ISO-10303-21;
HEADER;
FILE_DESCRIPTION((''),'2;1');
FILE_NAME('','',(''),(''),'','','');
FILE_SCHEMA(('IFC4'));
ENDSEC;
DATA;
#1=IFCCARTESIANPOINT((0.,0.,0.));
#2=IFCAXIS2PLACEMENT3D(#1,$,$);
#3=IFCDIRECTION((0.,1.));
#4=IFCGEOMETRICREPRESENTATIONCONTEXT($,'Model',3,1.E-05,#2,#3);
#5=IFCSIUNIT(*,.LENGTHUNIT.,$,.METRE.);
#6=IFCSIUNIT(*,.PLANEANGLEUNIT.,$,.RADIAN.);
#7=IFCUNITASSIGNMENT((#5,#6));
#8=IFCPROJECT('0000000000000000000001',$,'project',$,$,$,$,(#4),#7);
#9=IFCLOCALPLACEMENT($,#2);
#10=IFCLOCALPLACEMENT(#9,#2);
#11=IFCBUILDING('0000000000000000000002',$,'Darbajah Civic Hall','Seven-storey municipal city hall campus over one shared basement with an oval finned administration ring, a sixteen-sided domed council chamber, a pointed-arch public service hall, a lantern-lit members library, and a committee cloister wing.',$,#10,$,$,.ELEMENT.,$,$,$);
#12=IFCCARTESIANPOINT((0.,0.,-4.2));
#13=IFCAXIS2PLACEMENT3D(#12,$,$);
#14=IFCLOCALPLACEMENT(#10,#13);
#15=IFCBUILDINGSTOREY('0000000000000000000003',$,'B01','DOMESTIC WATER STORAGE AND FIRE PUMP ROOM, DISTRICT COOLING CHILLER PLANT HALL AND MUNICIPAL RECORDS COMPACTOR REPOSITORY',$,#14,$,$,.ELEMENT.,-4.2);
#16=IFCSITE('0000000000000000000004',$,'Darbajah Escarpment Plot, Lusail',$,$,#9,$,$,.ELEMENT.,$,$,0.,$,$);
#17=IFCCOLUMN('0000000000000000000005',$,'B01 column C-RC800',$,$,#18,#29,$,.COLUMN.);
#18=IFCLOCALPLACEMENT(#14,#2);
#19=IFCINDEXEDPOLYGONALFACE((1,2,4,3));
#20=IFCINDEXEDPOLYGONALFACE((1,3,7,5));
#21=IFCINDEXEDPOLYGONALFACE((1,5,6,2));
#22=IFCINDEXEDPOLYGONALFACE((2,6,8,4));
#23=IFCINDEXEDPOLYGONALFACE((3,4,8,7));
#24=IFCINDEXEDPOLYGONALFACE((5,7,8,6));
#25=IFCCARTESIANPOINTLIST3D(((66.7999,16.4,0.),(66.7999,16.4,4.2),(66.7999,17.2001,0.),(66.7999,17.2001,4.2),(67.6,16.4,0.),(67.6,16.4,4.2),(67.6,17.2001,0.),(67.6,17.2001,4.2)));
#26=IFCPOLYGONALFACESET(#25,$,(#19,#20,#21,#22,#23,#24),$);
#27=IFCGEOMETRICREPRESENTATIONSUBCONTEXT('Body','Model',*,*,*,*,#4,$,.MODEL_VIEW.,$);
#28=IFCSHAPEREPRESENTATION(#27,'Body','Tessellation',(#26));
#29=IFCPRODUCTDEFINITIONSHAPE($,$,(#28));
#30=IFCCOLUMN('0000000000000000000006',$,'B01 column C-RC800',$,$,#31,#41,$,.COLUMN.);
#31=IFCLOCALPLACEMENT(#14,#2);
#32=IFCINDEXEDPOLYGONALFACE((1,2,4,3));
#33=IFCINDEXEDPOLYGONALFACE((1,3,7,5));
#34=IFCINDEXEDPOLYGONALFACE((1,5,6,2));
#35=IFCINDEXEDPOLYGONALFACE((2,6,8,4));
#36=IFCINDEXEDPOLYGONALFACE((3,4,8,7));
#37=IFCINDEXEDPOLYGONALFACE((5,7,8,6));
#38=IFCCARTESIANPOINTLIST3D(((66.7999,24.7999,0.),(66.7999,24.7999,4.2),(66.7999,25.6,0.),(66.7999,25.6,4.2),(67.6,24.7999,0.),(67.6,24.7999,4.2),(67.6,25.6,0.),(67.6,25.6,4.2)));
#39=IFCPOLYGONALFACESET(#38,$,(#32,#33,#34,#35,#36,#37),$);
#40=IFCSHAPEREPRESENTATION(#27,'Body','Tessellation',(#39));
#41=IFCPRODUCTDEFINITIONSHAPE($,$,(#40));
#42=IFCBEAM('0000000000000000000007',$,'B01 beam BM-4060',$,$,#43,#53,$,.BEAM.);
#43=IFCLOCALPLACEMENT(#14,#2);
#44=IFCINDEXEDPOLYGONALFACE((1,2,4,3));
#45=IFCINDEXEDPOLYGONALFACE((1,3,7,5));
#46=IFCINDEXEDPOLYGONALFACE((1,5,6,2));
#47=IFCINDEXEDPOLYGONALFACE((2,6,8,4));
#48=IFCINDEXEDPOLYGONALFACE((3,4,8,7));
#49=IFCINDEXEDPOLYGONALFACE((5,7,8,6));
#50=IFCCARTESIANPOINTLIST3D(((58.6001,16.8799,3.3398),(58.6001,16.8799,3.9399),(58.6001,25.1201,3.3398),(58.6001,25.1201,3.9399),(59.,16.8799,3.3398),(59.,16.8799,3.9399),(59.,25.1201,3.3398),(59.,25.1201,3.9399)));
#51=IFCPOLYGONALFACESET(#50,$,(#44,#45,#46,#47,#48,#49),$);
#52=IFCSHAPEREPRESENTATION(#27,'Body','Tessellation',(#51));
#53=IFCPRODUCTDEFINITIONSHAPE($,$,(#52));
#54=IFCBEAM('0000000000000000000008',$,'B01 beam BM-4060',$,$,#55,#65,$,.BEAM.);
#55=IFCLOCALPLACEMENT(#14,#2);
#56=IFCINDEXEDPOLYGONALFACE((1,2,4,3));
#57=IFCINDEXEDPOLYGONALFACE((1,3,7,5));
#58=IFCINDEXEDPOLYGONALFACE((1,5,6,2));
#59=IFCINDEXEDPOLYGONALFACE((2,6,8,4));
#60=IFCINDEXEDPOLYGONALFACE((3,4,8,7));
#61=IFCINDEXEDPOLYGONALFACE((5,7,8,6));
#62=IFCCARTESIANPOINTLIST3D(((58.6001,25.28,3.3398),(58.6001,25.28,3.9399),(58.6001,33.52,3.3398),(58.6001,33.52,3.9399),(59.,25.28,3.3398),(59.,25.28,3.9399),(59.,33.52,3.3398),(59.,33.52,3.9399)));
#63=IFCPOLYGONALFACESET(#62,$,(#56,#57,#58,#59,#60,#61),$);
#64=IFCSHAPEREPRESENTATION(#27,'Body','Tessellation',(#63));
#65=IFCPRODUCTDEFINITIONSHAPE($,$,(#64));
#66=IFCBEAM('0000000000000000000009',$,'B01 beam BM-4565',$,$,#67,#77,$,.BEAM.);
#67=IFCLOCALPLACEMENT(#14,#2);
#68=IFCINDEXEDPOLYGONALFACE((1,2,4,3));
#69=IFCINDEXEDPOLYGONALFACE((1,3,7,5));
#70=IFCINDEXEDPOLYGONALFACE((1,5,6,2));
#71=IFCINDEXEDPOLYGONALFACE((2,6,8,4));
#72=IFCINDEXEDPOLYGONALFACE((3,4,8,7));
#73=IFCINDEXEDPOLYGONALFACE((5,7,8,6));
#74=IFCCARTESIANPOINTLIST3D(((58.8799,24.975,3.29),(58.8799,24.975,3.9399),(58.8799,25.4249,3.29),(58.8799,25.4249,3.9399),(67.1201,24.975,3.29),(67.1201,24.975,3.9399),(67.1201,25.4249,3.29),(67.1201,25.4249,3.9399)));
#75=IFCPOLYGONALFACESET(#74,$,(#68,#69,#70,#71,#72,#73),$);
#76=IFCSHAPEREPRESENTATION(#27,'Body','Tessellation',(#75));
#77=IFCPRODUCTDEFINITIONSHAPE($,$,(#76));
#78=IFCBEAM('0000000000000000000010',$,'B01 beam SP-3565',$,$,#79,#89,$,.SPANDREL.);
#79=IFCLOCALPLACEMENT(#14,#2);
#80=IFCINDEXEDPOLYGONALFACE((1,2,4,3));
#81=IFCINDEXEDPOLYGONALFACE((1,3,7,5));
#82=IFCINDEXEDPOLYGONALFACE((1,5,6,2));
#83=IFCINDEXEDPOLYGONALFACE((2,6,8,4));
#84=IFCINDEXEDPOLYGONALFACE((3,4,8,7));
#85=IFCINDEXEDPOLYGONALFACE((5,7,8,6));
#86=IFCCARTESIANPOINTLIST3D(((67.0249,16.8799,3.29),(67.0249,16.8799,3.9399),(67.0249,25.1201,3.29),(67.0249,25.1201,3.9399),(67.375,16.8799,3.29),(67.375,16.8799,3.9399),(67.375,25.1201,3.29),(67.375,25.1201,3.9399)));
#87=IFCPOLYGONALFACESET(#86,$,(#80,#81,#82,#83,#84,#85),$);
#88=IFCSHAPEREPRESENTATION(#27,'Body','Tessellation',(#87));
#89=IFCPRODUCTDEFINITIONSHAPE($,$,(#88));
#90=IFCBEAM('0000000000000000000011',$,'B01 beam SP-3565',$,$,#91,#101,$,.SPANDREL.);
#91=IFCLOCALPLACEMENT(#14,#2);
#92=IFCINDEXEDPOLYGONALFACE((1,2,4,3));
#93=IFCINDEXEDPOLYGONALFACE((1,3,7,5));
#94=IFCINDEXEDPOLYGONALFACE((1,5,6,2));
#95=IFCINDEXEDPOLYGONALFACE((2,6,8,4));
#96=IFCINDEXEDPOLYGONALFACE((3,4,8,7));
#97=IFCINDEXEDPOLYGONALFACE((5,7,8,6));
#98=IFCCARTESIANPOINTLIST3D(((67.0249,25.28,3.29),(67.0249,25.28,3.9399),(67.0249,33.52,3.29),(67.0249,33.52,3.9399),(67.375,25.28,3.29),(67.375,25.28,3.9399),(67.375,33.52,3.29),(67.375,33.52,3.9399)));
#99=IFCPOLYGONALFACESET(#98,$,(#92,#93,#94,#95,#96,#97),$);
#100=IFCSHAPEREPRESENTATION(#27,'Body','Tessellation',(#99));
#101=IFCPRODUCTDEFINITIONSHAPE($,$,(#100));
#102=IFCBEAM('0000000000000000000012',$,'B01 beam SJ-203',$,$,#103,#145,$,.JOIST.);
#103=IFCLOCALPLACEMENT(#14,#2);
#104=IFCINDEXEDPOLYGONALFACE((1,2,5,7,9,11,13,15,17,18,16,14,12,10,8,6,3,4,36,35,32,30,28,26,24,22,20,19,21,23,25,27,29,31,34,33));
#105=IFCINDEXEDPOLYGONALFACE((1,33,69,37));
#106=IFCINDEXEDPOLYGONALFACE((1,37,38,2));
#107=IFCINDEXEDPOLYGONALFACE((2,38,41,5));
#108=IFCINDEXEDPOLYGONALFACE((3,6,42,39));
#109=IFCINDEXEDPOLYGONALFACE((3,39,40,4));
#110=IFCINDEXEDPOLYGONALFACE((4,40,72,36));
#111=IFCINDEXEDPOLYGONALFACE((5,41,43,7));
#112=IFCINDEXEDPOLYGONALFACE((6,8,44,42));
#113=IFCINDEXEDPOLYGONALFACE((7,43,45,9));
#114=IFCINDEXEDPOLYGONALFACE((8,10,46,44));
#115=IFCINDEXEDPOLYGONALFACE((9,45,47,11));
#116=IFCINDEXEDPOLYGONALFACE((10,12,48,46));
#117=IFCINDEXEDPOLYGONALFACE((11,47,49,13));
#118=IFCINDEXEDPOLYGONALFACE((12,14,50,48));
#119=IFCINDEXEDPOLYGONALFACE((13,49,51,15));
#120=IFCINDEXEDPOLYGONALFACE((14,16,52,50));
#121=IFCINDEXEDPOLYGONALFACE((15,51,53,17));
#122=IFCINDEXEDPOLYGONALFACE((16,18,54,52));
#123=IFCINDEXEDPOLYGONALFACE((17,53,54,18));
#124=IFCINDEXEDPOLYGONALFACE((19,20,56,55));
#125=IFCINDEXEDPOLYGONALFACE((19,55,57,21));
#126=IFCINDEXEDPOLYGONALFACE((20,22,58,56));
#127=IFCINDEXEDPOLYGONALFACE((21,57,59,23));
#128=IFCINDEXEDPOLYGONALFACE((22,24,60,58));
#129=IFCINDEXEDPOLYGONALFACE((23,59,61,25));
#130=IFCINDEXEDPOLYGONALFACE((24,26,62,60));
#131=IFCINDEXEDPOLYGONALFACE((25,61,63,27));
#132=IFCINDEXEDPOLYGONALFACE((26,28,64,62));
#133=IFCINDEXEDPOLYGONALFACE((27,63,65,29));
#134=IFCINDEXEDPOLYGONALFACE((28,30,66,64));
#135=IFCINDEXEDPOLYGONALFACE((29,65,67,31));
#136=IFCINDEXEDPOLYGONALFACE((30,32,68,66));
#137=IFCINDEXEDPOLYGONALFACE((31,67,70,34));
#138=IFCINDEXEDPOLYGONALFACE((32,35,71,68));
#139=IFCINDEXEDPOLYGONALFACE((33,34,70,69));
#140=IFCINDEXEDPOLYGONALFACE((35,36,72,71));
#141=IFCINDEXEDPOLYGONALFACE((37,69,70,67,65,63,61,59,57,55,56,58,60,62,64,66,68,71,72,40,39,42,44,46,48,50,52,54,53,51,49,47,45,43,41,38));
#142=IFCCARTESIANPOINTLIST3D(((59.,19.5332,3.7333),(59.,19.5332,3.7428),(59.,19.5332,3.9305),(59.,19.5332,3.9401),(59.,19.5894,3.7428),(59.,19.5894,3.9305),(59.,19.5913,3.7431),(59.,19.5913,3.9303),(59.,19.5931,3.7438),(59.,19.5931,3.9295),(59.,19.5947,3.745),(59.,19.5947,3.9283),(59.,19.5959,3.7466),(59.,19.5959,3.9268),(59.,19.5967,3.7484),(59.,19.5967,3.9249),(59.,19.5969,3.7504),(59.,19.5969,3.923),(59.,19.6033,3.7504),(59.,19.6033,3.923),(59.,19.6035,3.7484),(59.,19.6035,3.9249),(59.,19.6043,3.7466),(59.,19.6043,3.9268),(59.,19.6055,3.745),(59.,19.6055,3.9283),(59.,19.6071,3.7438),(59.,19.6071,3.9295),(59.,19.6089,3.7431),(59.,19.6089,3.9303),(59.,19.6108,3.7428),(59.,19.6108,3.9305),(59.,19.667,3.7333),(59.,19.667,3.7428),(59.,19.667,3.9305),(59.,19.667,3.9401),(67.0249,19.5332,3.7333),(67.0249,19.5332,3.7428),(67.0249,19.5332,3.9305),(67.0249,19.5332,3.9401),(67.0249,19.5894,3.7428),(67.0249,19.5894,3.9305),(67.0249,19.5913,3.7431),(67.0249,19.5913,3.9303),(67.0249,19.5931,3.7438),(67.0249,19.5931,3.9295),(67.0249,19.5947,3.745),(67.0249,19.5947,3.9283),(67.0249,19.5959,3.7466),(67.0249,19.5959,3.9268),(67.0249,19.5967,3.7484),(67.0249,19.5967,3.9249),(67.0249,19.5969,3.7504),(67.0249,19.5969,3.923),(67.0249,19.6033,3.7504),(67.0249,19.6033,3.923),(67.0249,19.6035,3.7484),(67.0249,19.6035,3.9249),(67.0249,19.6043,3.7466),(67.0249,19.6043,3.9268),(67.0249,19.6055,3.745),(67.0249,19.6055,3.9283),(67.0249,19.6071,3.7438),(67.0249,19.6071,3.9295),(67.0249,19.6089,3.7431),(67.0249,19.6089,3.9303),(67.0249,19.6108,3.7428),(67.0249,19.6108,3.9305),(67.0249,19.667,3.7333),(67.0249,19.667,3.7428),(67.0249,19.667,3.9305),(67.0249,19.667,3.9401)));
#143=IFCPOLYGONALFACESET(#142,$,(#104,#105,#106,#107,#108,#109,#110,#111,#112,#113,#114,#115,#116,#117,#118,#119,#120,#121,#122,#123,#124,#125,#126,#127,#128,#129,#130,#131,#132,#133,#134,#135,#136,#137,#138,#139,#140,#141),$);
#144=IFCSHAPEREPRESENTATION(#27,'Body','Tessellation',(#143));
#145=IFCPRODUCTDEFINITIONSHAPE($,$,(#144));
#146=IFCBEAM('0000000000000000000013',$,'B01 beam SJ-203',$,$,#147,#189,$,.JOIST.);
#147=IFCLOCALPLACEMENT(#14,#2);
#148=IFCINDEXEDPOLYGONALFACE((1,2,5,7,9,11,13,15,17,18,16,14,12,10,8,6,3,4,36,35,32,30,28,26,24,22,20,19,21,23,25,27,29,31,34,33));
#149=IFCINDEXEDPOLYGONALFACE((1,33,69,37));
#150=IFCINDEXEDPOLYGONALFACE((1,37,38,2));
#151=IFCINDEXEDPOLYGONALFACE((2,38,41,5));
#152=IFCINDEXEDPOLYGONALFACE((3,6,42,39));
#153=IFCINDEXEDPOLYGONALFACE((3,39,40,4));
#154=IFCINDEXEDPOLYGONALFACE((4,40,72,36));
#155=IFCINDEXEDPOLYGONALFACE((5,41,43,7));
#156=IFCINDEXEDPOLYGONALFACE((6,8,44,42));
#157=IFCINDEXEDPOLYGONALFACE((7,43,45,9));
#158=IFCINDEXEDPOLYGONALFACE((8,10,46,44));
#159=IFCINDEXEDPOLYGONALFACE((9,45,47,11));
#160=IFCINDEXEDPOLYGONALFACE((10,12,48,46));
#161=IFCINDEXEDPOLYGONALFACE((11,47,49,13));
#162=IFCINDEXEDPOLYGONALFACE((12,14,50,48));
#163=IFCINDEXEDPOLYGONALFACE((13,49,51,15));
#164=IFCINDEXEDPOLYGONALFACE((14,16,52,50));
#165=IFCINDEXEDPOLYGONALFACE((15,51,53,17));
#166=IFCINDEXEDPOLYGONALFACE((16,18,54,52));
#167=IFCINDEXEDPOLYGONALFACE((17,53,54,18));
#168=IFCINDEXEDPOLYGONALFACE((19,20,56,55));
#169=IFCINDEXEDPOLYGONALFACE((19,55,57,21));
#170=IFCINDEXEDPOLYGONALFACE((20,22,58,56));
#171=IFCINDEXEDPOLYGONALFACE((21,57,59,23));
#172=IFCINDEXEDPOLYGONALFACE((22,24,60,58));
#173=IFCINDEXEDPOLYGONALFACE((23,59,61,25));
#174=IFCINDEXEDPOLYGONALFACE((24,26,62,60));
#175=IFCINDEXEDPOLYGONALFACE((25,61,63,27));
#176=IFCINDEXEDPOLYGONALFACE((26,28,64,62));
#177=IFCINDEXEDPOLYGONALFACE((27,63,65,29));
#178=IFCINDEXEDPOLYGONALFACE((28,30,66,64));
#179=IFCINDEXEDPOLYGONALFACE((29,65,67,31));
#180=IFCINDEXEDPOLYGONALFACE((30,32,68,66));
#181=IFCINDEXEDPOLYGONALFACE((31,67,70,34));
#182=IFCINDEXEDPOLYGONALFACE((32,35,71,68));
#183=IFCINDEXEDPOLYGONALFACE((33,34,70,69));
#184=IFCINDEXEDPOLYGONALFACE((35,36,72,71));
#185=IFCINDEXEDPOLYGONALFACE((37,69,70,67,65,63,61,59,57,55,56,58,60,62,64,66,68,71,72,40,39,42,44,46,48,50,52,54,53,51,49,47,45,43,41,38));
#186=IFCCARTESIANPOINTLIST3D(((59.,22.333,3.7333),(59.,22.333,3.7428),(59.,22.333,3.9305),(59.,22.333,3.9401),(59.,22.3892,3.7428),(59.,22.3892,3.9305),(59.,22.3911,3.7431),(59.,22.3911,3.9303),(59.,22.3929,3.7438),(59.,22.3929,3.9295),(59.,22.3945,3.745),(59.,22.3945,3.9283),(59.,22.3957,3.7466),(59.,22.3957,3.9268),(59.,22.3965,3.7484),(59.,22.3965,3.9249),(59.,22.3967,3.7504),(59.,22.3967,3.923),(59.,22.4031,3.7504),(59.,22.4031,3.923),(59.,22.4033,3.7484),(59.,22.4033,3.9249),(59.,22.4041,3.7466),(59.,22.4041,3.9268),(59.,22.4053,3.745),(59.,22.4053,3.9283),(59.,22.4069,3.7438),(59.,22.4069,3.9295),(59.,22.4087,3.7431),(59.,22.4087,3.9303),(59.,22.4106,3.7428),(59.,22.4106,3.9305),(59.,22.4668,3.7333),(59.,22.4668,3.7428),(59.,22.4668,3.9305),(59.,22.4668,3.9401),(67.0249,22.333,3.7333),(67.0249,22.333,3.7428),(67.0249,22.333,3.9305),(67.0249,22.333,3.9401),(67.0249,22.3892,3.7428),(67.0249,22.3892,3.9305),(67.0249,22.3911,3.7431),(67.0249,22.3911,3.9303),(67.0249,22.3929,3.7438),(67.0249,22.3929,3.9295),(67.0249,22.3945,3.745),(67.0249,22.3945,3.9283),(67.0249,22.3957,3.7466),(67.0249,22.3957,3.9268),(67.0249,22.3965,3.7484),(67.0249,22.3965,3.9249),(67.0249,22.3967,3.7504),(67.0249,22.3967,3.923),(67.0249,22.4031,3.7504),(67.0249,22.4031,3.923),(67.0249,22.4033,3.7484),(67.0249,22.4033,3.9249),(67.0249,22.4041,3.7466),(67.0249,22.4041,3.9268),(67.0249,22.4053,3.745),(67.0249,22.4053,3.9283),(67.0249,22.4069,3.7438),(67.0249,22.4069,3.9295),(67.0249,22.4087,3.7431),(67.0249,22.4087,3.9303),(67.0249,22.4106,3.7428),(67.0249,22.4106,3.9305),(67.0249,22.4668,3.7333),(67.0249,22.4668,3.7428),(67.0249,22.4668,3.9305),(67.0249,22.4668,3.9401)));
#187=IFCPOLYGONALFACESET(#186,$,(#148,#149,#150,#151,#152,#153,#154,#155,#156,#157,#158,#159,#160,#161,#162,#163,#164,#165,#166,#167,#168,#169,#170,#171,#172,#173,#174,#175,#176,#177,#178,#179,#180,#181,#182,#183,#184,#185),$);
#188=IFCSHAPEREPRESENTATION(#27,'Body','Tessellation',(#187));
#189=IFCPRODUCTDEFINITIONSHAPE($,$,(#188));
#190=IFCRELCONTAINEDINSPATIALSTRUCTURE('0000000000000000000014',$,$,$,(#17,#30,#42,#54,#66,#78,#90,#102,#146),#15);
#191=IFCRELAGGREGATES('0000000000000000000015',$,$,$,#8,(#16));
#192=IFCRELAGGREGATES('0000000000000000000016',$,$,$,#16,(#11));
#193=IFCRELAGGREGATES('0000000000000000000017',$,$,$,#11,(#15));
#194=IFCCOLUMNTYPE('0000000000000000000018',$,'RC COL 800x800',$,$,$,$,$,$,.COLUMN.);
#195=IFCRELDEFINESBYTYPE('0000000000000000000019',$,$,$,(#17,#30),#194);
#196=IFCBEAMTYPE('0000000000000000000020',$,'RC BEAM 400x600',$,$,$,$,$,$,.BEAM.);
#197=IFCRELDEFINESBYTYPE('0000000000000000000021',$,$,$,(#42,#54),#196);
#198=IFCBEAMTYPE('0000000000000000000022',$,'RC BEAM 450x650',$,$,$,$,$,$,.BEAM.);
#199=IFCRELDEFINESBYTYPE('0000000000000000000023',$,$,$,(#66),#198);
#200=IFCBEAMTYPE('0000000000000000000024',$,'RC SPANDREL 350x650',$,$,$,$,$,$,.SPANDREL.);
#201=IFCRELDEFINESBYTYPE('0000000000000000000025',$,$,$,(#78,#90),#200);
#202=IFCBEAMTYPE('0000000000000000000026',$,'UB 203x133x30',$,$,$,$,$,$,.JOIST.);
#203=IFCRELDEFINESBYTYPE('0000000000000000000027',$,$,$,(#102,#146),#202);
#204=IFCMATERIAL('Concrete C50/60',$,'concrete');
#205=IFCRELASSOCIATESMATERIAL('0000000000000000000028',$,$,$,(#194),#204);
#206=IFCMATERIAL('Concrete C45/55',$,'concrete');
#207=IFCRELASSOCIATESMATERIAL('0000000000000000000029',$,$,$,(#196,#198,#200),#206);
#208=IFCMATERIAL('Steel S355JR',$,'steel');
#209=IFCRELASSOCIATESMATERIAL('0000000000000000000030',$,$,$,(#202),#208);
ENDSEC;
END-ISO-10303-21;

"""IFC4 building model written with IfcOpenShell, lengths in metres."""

from ifc_helpers import new_model, si_unit, direction, frame, origin, origin_2d, place, context, subcontext, project, spatial, rectangle, i_section, extrude, material, material_profile, profile_set, type_object, element, save


model = new_model("IFC4")

# Units and contexts
model_context = context("Model", 3, precision=1e-05, world=origin(), true_north=direction((0.0, 1.0)))
body_context = subcontext(model_context, "Body", "Model", "MODEL_VIEW")
ifc_project = project(units=[si_unit("LENGTHUNIT", "METRE"), si_unit("PLANEANGLEUNIT", "RADIAN")], contexts=[model_context])

# Site, building, storey
site_placement = place(None, origin())
site = spatial("IfcSite", under=ifc_project, at=site_placement, Name="Darbajah Escarpment Plot, Lusail", CompositionType="ELEMENT", RefElevation=0.0)
building_placement = place(site_placement, origin())
building = spatial("IfcBuilding", under=site, at=building_placement, Name="Darbajah Civic Hall", Description="Seven-storey municipal city hall campus over one shared basement with an oval finned administration ring, a sixteen-sided domed council chamber, a pointed-arch public service hall, a lantern-lit members library, and a committee cloister wing.", CompositionType="ELEMENT")
storey_placement = place(building_placement, frame((0.0, 0.0, -4.2)))
storey = spatial("IfcBuildingStorey", under=building, at=storey_placement, Name="B01", Description="DOMESTIC WATER STORAGE AND FIRE PUMP ROOM, DISTRICT COOLING CHILLER PLANT HALL AND MUNICIPAL RECORDS COMPACTOR REPOSITORY", CompositionType="ELEMENT", Elevation=-4.2)

# Shared definitions
ifc_material_1 = material(Name="Concrete C45/55", Category="concrete")

# Columns
ifc_material_2 = material(Name="Concrete C50/60", Category="concrete")
ifc_material_profile_1 = material_profile(ifc_material_2, rectangle(XDim=0.8, YDim=0.8, at=origin_2d()), Name="RC COL 800x800")
ifc_profile_set_1 = profile_set([ifc_material_profile_1], Name="Concrete C50/60")
column_type_1 = type_object("IfcColumnType", Name="RC COL 800x800", PredefinedType="COLUMN", material=ifc_profile_set_1)
for number, where, z_axis, x_axis, name in (
    (1, (67.2, 16.8, 0.0), (0.0, 0.0, 1.0), (1.0, 0.0, 0.0), "B01 column C-RC800"),
    (2, (67.2, 25.2, 0.0), (0.0, 0.0, 1.0), (1.0, 0.0, 0.0), "B01 column C-RC800"),
):
    element("IfcColumn", number, at=place(storey_placement, frame(where, z_axis=z_axis, x_axis=x_axis)), inside=storey, type_object=column_type_1, Name=name, PredefinedType="COLUMN", context=body_context, shape_type="SweptSolid", body=[
        extrude(rectangle(XDim=0.8, YDim=0.8, at=origin_2d()), origin(), (0.0, 0.0, 1.0), 4.2),
    ])

# Beams
ifc_material_profile_2 = material_profile(ifc_material_1, rectangle(XDim=0.3999, YDim=0.6001, at=origin_2d()), Name="RC BEAM 400x600")
ifc_profile_set_2 = profile_set([ifc_material_profile_2], Name="Concrete C45/55")
beam_type_1 = type_object("IfcBeamType", Name="RC BEAM 400x600", PredefinedType="BEAM", material=ifc_profile_set_2)
beam_1_placement = place(storey_placement, frame((58.8, 16.8799, 3.6399), z_axis=(0.0, 1.0, 0.0), x_axis=(-1.0, 0.0, 0.0)))
element("IfcBeam", 3, at=beam_1_placement, inside=storey, type_object=beam_type_1, Name="B01 beam BM-4060", PredefinedType="BEAM", context=body_context, shape_type="SweptSolid", body=[
    extrude(rectangle(XDim=0.3999, YDim=0.6001, at=origin_2d()), origin(), (0.0, 0.0, 1.0), 8.2402),
])
beam_2_placement = place(storey_placement, frame((58.8, 25.28, 3.6399), z_axis=(0.0, 1.0, 0.0), x_axis=(-1.0, 0.0, 0.0)))
element("IfcBeam", 4, at=beam_2_placement, inside=storey, type_object=beam_type_1, Name="B01 beam BM-4060", PredefinedType="BEAM", context=body_context, shape_type="SweptSolid", body=[
    extrude(rectangle(XDim=0.3999, YDim=0.6001, at=origin_2d()), origin(), (0.0, 0.0, 1.0), 8.24),
])
ifc_material_profile_3 = material_profile(ifc_material_1, rectangle(XDim=0.45, YDim=0.6499, at=origin_2d()), Name="RC BEAM 450x650")
ifc_profile_set_3 = profile_set([ifc_material_profile_3], Name="Concrete C45/55")
beam_type_2 = type_object("IfcBeamType", Name="RC BEAM 450x650", PredefinedType="BEAM", material=ifc_profile_set_3)
beam_3_placement = place(storey_placement, frame((58.8799, 25.2, 3.615), z_axis=(1.0, 0.0, 0.0), x_axis=(0.0, 1.0, 0.0)))
element("IfcBeam", 5, at=beam_3_placement, inside=storey, type_object=beam_type_2, Name="B01 beam BM-4565", PredefinedType="BEAM", context=body_context, shape_type="SweptSolid", body=[
    extrude(rectangle(XDim=0.45, YDim=0.6499, at=origin_2d()), origin(), (0.0, 0.0, 1.0), 8.2402),
])
ifc_material_profile_4 = material_profile(ifc_material_1, rectangle(XDim=0.3501, YDim=0.6499, at=origin_2d()), Name="RC SPANDREL 350x650")
ifc_profile_set_4 = profile_set([ifc_material_profile_4], Name="Concrete C45/55")
beam_type_3 = type_object("IfcBeamType", Name="RC SPANDREL 350x650", PredefinedType="SPANDREL", material=ifc_profile_set_4)
beam_4_placement = place(storey_placement, frame((67.2, 16.8799, 3.615), z_axis=(0.0, 1.0, 0.0), x_axis=(-1.0, 0.0, 0.0)))
element("IfcBeam", 6, at=beam_4_placement, inside=storey, type_object=beam_type_3, Name="B01 beam SP-3565", PredefinedType="SPANDREL", context=body_context, shape_type="SweptSolid", body=[
    extrude(rectangle(XDim=0.3501, YDim=0.6499, at=origin_2d()), origin(), (0.0, 0.0, 1.0), 8.2402),
])
beam_5_placement = place(storey_placement, frame((67.2, 25.28, 3.615), z_axis=(0.0, 1.0, 0.0), x_axis=(-1.0, 0.0, 0.0)))
element("IfcBeam", 7, at=beam_5_placement, inside=storey, type_object=beam_type_3, Name="B01 beam SP-3565", PredefinedType="SPANDREL", context=body_context, shape_type="SweptSolid", body=[
    extrude(rectangle(XDim=0.3501, YDim=0.6499, at=origin_2d()), origin(), (0.0, 0.0, 1.0), 8.24),
])
ifc_material_3 = material(Name="Steel S355JR", Category="steel")
ifc_material_profile_5 = material_profile(ifc_material_3, i_section(OverallWidth=0.1338, OverallDepth=0.2068, WebThickness=0.0063, FlangeThickness=0.0095, FilletRadius=0.0076, at=origin_2d()), Name="UB 203x133x30")
ifc_profile_set_5 = profile_set([ifc_material_profile_5], Name="Steel S355JR")
beam_type_4 = type_object("IfcBeamType", Name="UB 203x133x30", PredefinedType="JOIST", material=ifc_profile_set_5)
for number, where, z_axis, x_axis, name in (
    (8, (59.0, 19.6001, 3.8367), (1.0, 0.0, 0.0), (0.0, 1.0, 0.0), "B01 beam SJ-203"),
    (9, (59.0, 22.3999, 3.8367), (1.0, 0.0, 0.0), (0.0, 1.0, 0.0), "B01 beam SJ-203"),
):
    element("IfcBeam", number, at=place(storey_placement, frame(where, z_axis=z_axis, x_axis=x_axis)), inside=storey, type_object=beam_type_4, Name=name, PredefinedType="JOIST", context=body_context, shape_type="SweptSolid", body=[
        extrude(i_section(OverallWidth=0.1338, OverallDepth=0.2068, WebThickness=0.0063, FlangeThickness=0.0095, FilletRadius=0.0076, at=origin_2d()), origin(), (0.0, 0.0, 1.0), 8.0249),
    ])

save(model, "model.ifc")
